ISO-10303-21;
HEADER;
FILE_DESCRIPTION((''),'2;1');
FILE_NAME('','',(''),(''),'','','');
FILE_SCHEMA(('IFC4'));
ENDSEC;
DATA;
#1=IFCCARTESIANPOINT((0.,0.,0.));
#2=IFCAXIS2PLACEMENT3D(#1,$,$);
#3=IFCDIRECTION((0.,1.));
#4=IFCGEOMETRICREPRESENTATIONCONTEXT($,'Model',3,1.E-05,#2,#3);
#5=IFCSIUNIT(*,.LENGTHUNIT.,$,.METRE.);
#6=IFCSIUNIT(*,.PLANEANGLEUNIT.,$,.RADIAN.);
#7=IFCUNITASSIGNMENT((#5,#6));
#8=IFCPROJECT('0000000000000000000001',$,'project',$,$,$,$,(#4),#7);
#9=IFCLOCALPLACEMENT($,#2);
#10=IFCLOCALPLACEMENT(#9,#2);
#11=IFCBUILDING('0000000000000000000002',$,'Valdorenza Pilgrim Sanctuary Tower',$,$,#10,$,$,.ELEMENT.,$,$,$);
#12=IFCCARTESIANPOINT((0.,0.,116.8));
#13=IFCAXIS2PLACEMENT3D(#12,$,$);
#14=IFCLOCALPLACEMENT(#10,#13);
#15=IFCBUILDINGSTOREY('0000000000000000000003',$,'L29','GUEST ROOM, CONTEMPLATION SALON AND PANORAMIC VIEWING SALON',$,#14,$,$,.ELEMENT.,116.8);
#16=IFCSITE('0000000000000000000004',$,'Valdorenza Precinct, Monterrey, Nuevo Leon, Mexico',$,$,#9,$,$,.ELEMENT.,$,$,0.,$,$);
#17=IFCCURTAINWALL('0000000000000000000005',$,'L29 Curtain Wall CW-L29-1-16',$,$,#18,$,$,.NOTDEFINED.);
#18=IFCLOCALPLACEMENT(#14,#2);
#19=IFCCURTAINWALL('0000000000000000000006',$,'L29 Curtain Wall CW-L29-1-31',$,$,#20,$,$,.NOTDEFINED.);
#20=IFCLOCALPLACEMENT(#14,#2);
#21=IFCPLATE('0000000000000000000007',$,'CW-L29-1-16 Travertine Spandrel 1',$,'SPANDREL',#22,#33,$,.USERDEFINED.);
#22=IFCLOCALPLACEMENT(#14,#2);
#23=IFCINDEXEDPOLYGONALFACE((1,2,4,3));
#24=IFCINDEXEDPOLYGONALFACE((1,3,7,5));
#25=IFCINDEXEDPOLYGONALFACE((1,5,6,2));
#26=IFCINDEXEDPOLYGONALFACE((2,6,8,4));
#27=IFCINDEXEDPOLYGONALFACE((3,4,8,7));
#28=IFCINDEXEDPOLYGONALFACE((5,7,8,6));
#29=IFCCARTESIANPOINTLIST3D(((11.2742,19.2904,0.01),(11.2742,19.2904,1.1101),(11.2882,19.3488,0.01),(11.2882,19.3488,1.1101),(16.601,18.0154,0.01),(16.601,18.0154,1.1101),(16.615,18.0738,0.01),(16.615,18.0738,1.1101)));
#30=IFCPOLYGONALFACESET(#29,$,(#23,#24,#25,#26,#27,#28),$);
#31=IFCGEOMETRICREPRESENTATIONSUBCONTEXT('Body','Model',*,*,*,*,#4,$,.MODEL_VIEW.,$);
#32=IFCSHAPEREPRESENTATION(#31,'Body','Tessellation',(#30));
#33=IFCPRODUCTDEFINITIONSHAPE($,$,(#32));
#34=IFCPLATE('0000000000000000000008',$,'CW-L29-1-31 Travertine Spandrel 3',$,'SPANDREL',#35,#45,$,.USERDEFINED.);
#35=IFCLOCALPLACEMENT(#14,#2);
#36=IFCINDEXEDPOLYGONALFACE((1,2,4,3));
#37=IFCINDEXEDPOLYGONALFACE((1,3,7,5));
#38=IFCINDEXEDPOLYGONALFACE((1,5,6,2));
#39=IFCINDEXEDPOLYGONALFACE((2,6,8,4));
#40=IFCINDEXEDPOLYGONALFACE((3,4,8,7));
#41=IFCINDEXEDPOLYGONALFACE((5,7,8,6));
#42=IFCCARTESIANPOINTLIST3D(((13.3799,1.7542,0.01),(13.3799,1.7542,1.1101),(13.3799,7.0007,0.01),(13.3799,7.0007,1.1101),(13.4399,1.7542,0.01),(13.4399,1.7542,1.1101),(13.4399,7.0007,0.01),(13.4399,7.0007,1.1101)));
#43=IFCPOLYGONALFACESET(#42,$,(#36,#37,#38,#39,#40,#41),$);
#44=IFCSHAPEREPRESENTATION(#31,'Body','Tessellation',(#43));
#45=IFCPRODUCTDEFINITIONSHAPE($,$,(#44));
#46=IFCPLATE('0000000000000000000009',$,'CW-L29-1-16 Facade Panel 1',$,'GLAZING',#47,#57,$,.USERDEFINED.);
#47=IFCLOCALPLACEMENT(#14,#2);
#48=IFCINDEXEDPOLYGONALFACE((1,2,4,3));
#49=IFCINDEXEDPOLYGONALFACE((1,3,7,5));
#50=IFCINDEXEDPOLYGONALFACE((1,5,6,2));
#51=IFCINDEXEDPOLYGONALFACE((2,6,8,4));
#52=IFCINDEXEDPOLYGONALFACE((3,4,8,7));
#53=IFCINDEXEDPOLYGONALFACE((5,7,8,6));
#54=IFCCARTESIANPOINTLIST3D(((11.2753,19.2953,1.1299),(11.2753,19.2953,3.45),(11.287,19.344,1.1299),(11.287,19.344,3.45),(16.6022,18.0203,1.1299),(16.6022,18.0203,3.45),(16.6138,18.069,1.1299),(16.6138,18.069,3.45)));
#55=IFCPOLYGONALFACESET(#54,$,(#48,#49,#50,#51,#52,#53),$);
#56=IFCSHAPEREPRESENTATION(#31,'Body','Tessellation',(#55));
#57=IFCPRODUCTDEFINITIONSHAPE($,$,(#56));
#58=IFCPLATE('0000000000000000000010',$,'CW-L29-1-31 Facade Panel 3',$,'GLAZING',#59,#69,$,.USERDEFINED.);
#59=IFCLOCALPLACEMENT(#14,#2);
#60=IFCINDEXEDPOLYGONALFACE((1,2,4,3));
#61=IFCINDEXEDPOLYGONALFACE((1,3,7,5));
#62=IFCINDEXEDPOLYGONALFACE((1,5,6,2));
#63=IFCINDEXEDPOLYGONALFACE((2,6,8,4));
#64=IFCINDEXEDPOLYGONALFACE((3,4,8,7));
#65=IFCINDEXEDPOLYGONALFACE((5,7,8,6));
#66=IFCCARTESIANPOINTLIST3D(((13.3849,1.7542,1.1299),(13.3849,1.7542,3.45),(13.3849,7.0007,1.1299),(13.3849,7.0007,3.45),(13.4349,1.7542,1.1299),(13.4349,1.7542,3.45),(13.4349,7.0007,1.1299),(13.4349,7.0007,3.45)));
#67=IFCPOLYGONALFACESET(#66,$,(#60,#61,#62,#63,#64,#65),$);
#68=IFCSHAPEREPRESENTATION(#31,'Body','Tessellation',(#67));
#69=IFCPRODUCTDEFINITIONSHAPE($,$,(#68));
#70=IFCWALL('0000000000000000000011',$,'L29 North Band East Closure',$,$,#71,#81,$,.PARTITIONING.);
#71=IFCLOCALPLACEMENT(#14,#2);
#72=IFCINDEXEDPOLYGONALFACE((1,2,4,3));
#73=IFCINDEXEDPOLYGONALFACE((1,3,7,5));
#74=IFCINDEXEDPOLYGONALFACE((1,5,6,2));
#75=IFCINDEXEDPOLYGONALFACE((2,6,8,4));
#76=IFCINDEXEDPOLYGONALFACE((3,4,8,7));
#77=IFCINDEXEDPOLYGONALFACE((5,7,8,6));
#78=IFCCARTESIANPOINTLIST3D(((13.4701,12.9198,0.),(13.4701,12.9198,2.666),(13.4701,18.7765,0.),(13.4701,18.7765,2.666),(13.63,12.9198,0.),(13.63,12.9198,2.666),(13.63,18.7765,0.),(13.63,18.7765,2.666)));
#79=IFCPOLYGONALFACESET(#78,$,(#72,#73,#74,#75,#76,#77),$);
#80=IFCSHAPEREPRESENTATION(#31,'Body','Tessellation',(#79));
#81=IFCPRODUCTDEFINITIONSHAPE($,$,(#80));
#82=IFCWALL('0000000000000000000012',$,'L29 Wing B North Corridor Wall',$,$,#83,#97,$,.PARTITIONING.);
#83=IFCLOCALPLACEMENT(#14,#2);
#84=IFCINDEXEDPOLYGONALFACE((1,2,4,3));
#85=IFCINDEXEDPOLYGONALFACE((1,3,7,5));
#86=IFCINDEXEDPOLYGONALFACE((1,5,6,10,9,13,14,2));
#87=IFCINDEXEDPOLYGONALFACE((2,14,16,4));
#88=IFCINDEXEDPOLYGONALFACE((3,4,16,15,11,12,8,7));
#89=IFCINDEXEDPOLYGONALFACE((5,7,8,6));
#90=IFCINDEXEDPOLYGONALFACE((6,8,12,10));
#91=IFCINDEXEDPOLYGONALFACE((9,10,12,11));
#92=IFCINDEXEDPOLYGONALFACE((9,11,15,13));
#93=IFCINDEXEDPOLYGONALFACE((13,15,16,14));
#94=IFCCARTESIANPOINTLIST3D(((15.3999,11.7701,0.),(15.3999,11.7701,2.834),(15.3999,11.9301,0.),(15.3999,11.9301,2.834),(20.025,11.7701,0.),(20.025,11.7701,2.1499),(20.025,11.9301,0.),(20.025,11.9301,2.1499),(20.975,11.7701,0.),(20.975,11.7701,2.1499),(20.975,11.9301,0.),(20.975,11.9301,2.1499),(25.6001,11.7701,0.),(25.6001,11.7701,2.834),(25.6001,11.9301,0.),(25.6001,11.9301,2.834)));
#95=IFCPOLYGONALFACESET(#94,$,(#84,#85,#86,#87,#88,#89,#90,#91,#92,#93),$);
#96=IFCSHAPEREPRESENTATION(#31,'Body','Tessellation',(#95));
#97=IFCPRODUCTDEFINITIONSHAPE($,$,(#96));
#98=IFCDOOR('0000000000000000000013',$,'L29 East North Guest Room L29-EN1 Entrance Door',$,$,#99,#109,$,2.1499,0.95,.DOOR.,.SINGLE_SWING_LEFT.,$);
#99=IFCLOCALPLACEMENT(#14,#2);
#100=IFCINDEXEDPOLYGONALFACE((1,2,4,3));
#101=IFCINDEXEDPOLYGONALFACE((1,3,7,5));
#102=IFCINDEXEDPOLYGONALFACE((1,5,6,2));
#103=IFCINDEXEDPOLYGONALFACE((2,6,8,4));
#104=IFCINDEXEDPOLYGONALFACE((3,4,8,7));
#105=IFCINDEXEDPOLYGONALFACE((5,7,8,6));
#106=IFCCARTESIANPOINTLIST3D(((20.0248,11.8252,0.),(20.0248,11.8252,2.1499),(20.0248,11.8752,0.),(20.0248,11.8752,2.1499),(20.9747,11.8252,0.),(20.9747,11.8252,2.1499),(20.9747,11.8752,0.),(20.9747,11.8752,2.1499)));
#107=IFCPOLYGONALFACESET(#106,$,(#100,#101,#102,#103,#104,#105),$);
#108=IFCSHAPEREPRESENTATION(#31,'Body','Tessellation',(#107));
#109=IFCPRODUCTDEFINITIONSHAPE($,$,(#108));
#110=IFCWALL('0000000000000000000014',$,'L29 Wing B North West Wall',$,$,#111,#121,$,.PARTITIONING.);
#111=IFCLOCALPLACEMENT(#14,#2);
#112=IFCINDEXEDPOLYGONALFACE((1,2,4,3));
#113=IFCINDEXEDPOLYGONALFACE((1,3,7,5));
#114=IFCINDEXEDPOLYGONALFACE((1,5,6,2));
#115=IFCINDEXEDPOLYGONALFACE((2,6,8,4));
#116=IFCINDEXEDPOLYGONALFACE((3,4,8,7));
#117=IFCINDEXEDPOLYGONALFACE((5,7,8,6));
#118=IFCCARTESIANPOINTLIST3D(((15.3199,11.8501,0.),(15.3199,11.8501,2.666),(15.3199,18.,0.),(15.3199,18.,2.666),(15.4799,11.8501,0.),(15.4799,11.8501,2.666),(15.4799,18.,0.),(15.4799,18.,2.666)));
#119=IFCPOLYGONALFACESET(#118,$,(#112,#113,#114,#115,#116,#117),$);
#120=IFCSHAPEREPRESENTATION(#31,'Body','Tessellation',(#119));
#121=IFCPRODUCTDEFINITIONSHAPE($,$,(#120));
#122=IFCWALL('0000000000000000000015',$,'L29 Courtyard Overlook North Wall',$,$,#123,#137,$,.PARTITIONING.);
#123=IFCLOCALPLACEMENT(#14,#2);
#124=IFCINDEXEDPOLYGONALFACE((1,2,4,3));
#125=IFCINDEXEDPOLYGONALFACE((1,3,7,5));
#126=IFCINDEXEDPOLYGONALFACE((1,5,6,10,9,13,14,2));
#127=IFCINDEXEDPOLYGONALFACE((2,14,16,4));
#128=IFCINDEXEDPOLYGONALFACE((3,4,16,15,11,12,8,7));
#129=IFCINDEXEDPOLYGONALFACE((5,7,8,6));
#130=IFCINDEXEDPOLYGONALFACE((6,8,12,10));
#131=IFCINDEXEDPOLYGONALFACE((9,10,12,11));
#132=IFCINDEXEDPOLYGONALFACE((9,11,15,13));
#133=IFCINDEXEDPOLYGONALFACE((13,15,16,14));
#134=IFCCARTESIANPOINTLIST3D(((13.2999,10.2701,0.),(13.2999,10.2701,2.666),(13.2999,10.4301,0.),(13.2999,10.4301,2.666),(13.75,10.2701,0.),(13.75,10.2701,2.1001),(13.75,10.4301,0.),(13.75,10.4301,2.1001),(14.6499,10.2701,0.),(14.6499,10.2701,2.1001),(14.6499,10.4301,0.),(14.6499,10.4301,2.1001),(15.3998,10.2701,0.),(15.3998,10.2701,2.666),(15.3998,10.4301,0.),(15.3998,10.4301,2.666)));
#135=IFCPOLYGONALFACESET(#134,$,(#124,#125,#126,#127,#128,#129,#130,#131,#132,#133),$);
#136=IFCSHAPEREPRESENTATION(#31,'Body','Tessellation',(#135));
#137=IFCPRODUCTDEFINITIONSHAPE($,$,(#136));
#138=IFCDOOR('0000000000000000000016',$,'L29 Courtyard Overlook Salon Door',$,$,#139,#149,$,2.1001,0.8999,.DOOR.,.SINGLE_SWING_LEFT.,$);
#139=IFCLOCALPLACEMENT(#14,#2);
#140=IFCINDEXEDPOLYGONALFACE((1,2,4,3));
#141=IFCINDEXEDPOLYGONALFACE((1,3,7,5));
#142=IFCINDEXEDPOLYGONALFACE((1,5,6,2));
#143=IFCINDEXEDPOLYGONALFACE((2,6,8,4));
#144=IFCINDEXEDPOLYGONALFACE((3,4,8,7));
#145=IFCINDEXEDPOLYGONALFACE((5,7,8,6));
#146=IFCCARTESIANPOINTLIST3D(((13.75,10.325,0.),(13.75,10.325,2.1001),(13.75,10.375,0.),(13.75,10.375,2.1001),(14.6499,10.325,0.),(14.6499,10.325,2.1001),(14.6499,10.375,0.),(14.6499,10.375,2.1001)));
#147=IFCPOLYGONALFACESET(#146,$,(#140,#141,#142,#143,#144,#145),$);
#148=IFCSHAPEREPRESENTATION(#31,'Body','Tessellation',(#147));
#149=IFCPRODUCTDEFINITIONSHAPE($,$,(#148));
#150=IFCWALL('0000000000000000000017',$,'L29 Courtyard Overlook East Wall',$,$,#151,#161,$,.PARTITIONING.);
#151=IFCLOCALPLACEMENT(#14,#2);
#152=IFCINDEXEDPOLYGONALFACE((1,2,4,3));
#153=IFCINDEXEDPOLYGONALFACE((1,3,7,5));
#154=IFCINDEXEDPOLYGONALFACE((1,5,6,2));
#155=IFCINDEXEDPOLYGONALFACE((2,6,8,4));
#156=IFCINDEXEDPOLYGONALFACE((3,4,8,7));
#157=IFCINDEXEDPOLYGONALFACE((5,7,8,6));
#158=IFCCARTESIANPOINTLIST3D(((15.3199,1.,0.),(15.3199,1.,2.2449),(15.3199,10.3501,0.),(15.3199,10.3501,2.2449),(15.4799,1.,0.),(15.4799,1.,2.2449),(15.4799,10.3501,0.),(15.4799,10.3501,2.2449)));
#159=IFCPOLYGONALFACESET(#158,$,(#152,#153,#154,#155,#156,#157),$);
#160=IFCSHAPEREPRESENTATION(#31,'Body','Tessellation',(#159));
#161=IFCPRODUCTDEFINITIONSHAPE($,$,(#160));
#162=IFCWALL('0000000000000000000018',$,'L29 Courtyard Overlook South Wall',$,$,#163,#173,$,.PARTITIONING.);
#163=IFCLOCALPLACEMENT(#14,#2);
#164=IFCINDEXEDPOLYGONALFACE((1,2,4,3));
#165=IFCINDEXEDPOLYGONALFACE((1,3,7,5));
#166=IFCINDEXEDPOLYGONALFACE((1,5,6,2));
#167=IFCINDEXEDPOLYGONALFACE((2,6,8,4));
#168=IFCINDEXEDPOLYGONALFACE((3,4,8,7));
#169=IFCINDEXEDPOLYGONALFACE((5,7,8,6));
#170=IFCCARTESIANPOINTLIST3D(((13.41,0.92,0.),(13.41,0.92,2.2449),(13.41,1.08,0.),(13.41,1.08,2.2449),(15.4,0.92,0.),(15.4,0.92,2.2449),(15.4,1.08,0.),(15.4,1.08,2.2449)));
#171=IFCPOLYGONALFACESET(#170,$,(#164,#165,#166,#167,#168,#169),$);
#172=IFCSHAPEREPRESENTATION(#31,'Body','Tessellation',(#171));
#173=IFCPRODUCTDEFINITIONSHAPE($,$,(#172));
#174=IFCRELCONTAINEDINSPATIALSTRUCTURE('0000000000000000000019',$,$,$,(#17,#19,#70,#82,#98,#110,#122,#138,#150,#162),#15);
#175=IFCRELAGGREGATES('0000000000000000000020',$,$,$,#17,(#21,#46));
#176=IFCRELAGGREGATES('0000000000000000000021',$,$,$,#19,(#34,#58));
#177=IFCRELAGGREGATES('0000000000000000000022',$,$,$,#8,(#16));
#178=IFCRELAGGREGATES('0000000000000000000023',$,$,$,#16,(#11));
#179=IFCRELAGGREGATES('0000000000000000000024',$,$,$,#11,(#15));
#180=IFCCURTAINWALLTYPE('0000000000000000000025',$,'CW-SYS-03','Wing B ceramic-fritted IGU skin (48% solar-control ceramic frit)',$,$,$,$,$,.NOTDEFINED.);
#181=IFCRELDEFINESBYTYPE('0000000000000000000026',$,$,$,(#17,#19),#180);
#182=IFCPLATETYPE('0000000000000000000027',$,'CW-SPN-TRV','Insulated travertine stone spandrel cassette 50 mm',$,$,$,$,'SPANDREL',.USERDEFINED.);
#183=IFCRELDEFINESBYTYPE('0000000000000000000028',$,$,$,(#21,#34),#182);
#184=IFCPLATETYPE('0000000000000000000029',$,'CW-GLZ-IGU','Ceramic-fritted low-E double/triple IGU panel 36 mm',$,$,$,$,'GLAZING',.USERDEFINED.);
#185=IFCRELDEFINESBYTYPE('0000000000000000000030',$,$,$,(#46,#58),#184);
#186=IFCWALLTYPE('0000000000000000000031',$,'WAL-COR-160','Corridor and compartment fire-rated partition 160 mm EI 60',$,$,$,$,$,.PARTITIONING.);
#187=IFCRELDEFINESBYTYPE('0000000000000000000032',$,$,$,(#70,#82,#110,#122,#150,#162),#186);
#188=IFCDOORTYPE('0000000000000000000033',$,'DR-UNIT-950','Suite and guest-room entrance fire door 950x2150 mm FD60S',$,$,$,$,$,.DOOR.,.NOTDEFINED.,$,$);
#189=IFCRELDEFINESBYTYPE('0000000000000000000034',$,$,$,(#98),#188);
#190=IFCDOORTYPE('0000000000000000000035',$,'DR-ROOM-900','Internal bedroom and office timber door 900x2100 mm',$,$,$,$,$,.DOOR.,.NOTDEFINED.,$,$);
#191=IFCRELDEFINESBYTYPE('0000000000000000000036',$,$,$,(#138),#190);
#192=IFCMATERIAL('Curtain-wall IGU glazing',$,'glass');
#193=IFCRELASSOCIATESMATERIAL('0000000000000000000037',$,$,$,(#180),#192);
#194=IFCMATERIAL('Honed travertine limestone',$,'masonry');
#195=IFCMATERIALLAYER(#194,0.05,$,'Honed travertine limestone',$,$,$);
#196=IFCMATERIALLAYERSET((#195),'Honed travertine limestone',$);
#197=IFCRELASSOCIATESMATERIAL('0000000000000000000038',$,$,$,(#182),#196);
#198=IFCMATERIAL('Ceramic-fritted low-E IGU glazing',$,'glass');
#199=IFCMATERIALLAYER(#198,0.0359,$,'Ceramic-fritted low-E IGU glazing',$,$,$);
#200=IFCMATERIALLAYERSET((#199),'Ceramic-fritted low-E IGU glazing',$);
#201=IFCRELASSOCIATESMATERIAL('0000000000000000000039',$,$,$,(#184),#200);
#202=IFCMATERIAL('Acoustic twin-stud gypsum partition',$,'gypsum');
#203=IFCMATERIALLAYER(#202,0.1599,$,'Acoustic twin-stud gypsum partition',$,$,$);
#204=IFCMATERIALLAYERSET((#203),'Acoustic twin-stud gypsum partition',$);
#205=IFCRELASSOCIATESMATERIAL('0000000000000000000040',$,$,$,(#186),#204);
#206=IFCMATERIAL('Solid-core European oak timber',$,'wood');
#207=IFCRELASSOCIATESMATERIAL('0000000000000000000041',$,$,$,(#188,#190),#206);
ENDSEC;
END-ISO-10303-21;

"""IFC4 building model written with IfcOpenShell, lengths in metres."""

from ifc_helpers import new_model, si_unit, direction, frame, frame_2d, origin, origin_2d, place, context, subcontext, project, spatial, rectangle, extrude, source, transform, mapped, material, layer, layer_set, type_object, element, fill, aggregate, save


model = new_model("IFC4")

# Units and contexts
model_context = context("Model", 3, precision=1e-05, world=origin(), true_north=direction((0.0, 1.0)))
body_context = subcontext(model_context, "Body", "Model", "MODEL_VIEW")
ifc_project = project(units=[si_unit("LENGTHUNIT", "METRE"), si_unit("PLANEANGLEUNIT", "RADIAN")], contexts=[model_context])

# Site, building, storey
site_placement = place(None, origin())
site = spatial("IfcSite", under=ifc_project, at=site_placement, Name="Valdorenza Precinct, Monterrey, Nuevo Leon, Mexico", CompositionType="ELEMENT", RefElevation=0.0)
building_placement = place(site_placement, origin())
building = spatial("IfcBuilding", under=site, at=building_placement, Name="Valdorenza Pilgrim Sanctuary Tower", CompositionType="ELEMENT")
storey_placement = place(building_placement, frame((0.0, 0.0, 116.8)))
storey = spatial("IfcBuildingStorey", under=building, at=storey_placement, Name="L29", Description="GUEST ROOM, CONTEMPLATION SALON AND PANORAMIC VIEWING SALON", CompositionType="ELEMENT", Elevation=116.8)

# Curtain wall
ifc_material_1 = material(Name="Curtain-wall IGU glazing", Category="glass")
curtain_wall_type_1 = type_object("IfcCurtainWallType", Name="CW-SYS-03", Description="Wing B ceramic-fritted IGU skin (48% solar-control ceramic frit)", PredefinedType="NOTDEFINED", material=ifc_material_1)
curtain_wall_1_placement = place(storey_placement, origin())
curtain_wall_1 = element("IfcCurtainWall", 1, at=curtain_wall_1_placement, inside=storey, type_object=curtain_wall_type_1, Name="L29 Curtain Wall CW-L29-1-16", PredefinedType="NOTDEFINED")

# Curtain wall
curtain_wall_2_placement = place(storey_placement, origin())
curtain_wall_2 = element("IfcCurtainWall", 2, at=curtain_wall_2_placement, inside=storey, type_object=curtain_wall_type_1, Name="L29 Curtain Wall CW-L29-1-31", PredefinedType="NOTDEFINED")

# Plates
ifc_material_2 = material(Name="Honed travertine limestone", Category="masonry")
ifc_layer_1 = layer(ifc_material_2, 0.05, Name="Honed travertine limestone")
ifc_layer_set_1 = layer_set([ifc_layer_1], Name="Honed travertine limestone")
plate_type_1 = type_object("IfcPlateType", Name="CW-SPN-TRV", Description="Insulated travertine stone spandrel cassette 50 mm", ElementType="SPANDREL", PredefinedType="USERDEFINED", material=ifc_layer_set_1)
ifc_material_3 = material(Name="Ceramic-fritted low-E IGU glazing", Category="glass")
ifc_layer_2 = layer(ifc_material_3, 0.0359, Name="Ceramic-fritted low-E IGU glazing")
ifc_layer_set_2 = layer_set([ifc_layer_2], Name="Ceramic-fritted low-E IGU glazing")
plate_type_2 = type_object("IfcPlateType", Name="CW-GLZ-IGU", Description="Ceramic-fritted low-E double/triple IGU panel 36 mm", ElementType="GLAZING", PredefinedType="USERDEFINED", material=ifc_layer_set_2)
shared_shape_1 = source(origin(), body_context, "Body", "SweptSolid", [
    extrude(rectangle(XDim=5.4773, YDim=0.0601, at=origin_2d()), origin(), (0.0, 0.0, 1.0), 1.1001),
])
plate_1_placement = place(storey_placement, frame((13.9446, 18.6821, 0.01), z_axis=(0.0, 0.0, 1.0), x_axis=(0.972529, -0.232783, 0.0)))
plate_1 = element("IfcPlate", 3, at=plate_1_placement, type_object=plate_type_1, Name="CW-L29-1-16 Travertine Spandrel 1", ObjectType="SPANDREL", PredefinedType="USERDEFINED", context=body_context, shape_type="MappedRepresentation", body=[
    mapped(shared_shape_1, transform((0.0, 0.0, 0.0), x_axis=(1.0, 0.0, 0.0), y_axis=(0.0, 1.0, 0.0), z_axis=(0.0, 0.0, 1.0), scale=1.0)),
])
shared_shape_2 = source(origin(), body_context, "Body", "SweptSolid", [
    extrude(rectangle(XDim=5.2466, YDim=0.0601, at=origin_2d()), origin(), (0.0, 0.0, 1.0), 1.1001),
])
plate_2_placement = place(storey_placement, frame((13.4099, 4.3774, 0.01), z_axis=(0.0, 0.0, 1.0), x_axis=(0.0, 1.0, 0.0)))
plate_2 = element("IfcPlate", 4, at=plate_2_placement, type_object=plate_type_1, Name="CW-L29-1-31 Travertine Spandrel 3", ObjectType="SPANDREL", PredefinedType="USERDEFINED", context=body_context, shape_type="MappedRepresentation", body=[
    mapped(shared_shape_2, transform((0.0, 0.0, 0.0), x_axis=(1.0, 0.0, 0.0), y_axis=(0.0, 1.0, 0.0), z_axis=(0.0, 0.0, 1.0), scale=1.0)),
])
shared_shape_3 = source(origin(), body_context, "Body", "SweptSolid", [
    extrude(rectangle(XDim=5.4773, YDim=0.05, at=origin_2d()), origin(), (0.0, 0.0, 1.0), 2.3201),
])
plate_3_placement = place(storey_placement, frame((13.9446, 18.6821, 1.1299), z_axis=(0.0, 0.0, 1.0), x_axis=(0.972529, -0.232783, 0.0)))
plate_3 = element("IfcPlate", 5, at=plate_3_placement, type_object=plate_type_2, Name="CW-L29-1-16 Facade Panel 1", ObjectType="GLAZING", PredefinedType="USERDEFINED", context=body_context, shape_type="MappedRepresentation", body=[
    mapped(shared_shape_3, transform((0.0, 0.0, 0.0), x_axis=(1.0, 0.0, 0.0), y_axis=(0.0, 1.0, 0.0), z_axis=(0.0, 0.0, 1.0), scale=1.0)),
])
aggregate(curtain_wall_1, [plate_1, plate_3])
shared_shape_4 = source(origin(), body_context, "Body", "SweptSolid", [
    extrude(rectangle(XDim=5.2466, YDim=0.05, at=origin_2d()), origin(), (0.0, 0.0, 1.0), 2.3201),
])
plate_4_placement = place(storey_placement, frame((13.4099, 4.3774, 1.1299), z_axis=(0.0, 0.0, 1.0), x_axis=(0.0, 1.0, 0.0)))
plate_4 = element("IfcPlate", 6, at=plate_4_placement, type_object=plate_type_2, Name="CW-L29-1-31 Facade Panel 3", ObjectType="GLAZING", PredefinedType="USERDEFINED", context=body_context, shape_type="MappedRepresentation", body=[
    mapped(shared_shape_4, transform((0.0, 0.0, 0.0), x_axis=(1.0, 0.0, 0.0), y_axis=(0.0, 1.0, 0.0), z_axis=(0.0, 0.0, 1.0), scale=1.0)),
])
aggregate(curtain_wall_2, [plate_2, plate_4])

# Wall
ifc_material_4 = material(Name="Acoustic twin-stud gypsum partition", Category="gypsum")
ifc_layer_3 = layer(ifc_material_4, 0.1599, Name="Acoustic twin-stud gypsum partition")
ifc_layer_set_3 = layer_set([ifc_layer_3], Name="Acoustic twin-stud gypsum partition")
wall_type_1 = type_object("IfcWallType", Name="WAL-COR-160", Description="Corridor and compartment fire-rated partition 160 mm EI 60", PredefinedType="PARTITIONING", material=ifc_layer_set_3)
wall_1_placement = place(storey_placement, frame((13.55, 12.9199, 0.0), z_axis=(0.0, 0.0, 1.0), x_axis=(0.0, 1.0, 0.0)))
element("IfcWall", 7, at=wall_1_placement, inside=storey, type_object=wall_type_1, Name="L29 North Band East Closure", PredefinedType="PARTITIONING", context=body_context, shape_type="SweptSolid", body=[
    extrude(rectangle(XDim=5.8567, YDim=0.1599, at=frame_2d((2.9282, 0.0))), origin(), (0.0, 0.0, 1.0), 2.666),
])

# Wall, opening, door
wall_2_placement = place(storey_placement, frame((15.3999, 11.8501, 0.0), z_axis=(0.0, 0.0, 1.0), x_axis=(1.0, 0.0, 0.0)))
wall_2 = element("IfcWall", 8, at=wall_2_placement, inside=storey, type_object=wall_type_1, Name="L29 Wing B North Corridor Wall", PredefinedType="PARTITIONING", context=body_context, shape_type="SweptSolid", body=[
    extrude(rectangle(XDim=10.2002, YDim=0.1599, at=frame_2d((5.1001, 0.0))), origin(), (0.0, 0.0, 1.0), 2.834),
])
opening_1_placement = place(wall_2_placement, frame((4.625, 0.0, 0.0)))
opening_1 = element("IfcOpeningElement", 9, at=opening_1_placement, cuts=wall_2, PredefinedType="OPENING", context=body_context, shape_type="SweptSolid", body=[
    extrude(rectangle(XDim=0.95, YDim=2.1499, at=frame_2d((0.4751, 1.075))), frame((0.0, 0.0947, 0.0), z_axis=(0.0, -1.0, 0.0), x_axis=(1.0, 0.0, 0.0)), (0.0, 0.0, 1.0), 0.1897),
])
ifc_material_5 = material(Name="Solid-core European oak timber", Category="wood")
door_type_1 = type_object("IfcDoorType", Name="DR-UNIT-950", Description="Suite and guest-room entrance fire door 950x2150 mm FD60S", OperationType="NOTDEFINED", PredefinedType="DOOR", material=ifc_material_5)
door_1_placement = place(opening_1_placement, frame((0.95, 0.0, 0.0), z_axis=(0.0, 0.0, 1.0), x_axis=(-1.0, 0.0, 0.0)))
door_1 = element("IfcDoor", 10, at=door_1_placement, inside=storey, type_object=door_type_1, Name="L29 East North Guest Room L29-EN1 Entrance Door", OperationType="SINGLE_SWING_LEFT", OverallHeight=2.1499, OverallWidth=0.95, PredefinedType="DOOR", context=body_context, shape_type="SweptSolid", body=[
    extrude(rectangle(XDim=0.95, YDim=2.1499, at=frame_2d((0.4751, 1.075))), frame((0.0, 0.0249, 0.0), z_axis=(0.0, -1.0, 0.0), x_axis=(1.0, 0.0, 0.0)), (0.0, 0.0, 1.0), 0.05),
])
fill(opening_1, door_1)

# Wall
wall_3_placement = place(storey_placement, frame((15.3999, 11.8501, 0.0), z_axis=(0.0, 0.0, 1.0), x_axis=(0.0, 1.0, 0.0)))
element("IfcWall", 11, at=wall_3_placement, inside=storey, type_object=wall_type_1, Name="L29 Wing B North West Wall", PredefinedType="PARTITIONING", context=body_context, shape_type="SweptSolid", body=[
    extrude(rectangle(XDim=6.1499, YDim=0.1599, at=frame_2d((3.075, 0.0))), origin(), (0.0, 0.0, 1.0), 2.666),
])

# Wall, opening, door
wall_4_placement = place(storey_placement, frame((13.3, 10.3501, 0.0), z_axis=(0.0, 0.0, 1.0), x_axis=(1.0, 0.0, 0.0)))
wall_4 = element("IfcWall", 12, at=wall_4_placement, inside=storey, type_object=wall_type_1, Name="L29 Courtyard Overlook North Wall", PredefinedType="PARTITIONING", context=body_context, shape_type="SweptSolid", body=[
    extrude(rectangle(XDim=2.0999, YDim=0.1599, at=frame_2d((1.0498, 0.0))), origin(), (0.0, 0.0, 1.0), 2.666),
])
opening_2_placement = place(wall_4_placement, frame((0.45, 0.0, 0.0)))
opening_2 = element("IfcOpeningElement", 13, at=opening_2_placement, cuts=wall_4, PredefinedType="OPENING", context=body_context, shape_type="SweptSolid", body=[
    extrude(rectangle(XDim=0.8999, YDim=2.1001, at=frame_2d((0.45, 1.05))), frame((0.0, 0.0947, 0.0), z_axis=(0.0, -1.0, 0.0), x_axis=(1.0, 0.0, 0.0)), (0.0, 0.0, 1.0), 0.1897),
])
door_type_2 = type_object("IfcDoorType", Name="DR-ROOM-900", Description="Internal bedroom and office timber door 900x2100 mm", OperationType="NOTDEFINED", PredefinedType="DOOR", material=ifc_material_5)
door_2_placement = place(opening_2_placement, origin())
door_2 = element("IfcDoor", 14, at=door_2_placement, inside=storey, type_object=door_type_2, Name="L29 Courtyard Overlook Salon Door", OperationType="SINGLE_SWING_LEFT", OverallHeight=2.1001, OverallWidth=0.8999, PredefinedType="DOOR", context=body_context, shape_type="SweptSolid", body=[
    extrude(rectangle(XDim=0.8999, YDim=2.1001, at=frame_2d((0.45, 1.05))), frame((0.0, 0.0249, 0.0), z_axis=(0.0, -1.0, 0.0), x_axis=(1.0, 0.0, 0.0)), (0.0, 0.0, 1.0), 0.05),
])
fill(opening_2, door_2)

# Walls
wall_5_placement = place(storey_placement, frame((15.3999, 1.0, 0.0), z_axis=(0.0, 0.0, 1.0), x_axis=(0.0, 1.0, 0.0)))
element("IfcWall", 15, at=wall_5_placement, inside=storey, type_object=wall_type_1, Name="L29 Courtyard Overlook East Wall", PredefinedType="PARTITIONING", context=body_context, shape_type="SweptSolid", body=[
    extrude(rectangle(XDim=9.3501, YDim=0.1599, at=frame_2d((4.675, 0.0))), origin(), (0.0, 0.0, 1.0), 2.2449),
])
wall_6_placement = place(storey_placement, frame((13.4099, 1.0, 0.0), z_axis=(0.0, 0.0, 1.0), x_axis=(1.0, 0.0, 0.0)))
element("IfcWall", 16, at=wall_6_placement, inside=storey, type_object=wall_type_1, Name="L29 Courtyard Overlook South Wall", PredefinedType="PARTITIONING", context=body_context, shape_type="SweptSolid", body=[
    extrude(rectangle(XDim=1.99, YDim=0.1599, at=frame_2d((0.9951, 0.0))), origin(), (0.0, 0.0, 1.0), 2.2449),
])

save(model, "model.ifc")
